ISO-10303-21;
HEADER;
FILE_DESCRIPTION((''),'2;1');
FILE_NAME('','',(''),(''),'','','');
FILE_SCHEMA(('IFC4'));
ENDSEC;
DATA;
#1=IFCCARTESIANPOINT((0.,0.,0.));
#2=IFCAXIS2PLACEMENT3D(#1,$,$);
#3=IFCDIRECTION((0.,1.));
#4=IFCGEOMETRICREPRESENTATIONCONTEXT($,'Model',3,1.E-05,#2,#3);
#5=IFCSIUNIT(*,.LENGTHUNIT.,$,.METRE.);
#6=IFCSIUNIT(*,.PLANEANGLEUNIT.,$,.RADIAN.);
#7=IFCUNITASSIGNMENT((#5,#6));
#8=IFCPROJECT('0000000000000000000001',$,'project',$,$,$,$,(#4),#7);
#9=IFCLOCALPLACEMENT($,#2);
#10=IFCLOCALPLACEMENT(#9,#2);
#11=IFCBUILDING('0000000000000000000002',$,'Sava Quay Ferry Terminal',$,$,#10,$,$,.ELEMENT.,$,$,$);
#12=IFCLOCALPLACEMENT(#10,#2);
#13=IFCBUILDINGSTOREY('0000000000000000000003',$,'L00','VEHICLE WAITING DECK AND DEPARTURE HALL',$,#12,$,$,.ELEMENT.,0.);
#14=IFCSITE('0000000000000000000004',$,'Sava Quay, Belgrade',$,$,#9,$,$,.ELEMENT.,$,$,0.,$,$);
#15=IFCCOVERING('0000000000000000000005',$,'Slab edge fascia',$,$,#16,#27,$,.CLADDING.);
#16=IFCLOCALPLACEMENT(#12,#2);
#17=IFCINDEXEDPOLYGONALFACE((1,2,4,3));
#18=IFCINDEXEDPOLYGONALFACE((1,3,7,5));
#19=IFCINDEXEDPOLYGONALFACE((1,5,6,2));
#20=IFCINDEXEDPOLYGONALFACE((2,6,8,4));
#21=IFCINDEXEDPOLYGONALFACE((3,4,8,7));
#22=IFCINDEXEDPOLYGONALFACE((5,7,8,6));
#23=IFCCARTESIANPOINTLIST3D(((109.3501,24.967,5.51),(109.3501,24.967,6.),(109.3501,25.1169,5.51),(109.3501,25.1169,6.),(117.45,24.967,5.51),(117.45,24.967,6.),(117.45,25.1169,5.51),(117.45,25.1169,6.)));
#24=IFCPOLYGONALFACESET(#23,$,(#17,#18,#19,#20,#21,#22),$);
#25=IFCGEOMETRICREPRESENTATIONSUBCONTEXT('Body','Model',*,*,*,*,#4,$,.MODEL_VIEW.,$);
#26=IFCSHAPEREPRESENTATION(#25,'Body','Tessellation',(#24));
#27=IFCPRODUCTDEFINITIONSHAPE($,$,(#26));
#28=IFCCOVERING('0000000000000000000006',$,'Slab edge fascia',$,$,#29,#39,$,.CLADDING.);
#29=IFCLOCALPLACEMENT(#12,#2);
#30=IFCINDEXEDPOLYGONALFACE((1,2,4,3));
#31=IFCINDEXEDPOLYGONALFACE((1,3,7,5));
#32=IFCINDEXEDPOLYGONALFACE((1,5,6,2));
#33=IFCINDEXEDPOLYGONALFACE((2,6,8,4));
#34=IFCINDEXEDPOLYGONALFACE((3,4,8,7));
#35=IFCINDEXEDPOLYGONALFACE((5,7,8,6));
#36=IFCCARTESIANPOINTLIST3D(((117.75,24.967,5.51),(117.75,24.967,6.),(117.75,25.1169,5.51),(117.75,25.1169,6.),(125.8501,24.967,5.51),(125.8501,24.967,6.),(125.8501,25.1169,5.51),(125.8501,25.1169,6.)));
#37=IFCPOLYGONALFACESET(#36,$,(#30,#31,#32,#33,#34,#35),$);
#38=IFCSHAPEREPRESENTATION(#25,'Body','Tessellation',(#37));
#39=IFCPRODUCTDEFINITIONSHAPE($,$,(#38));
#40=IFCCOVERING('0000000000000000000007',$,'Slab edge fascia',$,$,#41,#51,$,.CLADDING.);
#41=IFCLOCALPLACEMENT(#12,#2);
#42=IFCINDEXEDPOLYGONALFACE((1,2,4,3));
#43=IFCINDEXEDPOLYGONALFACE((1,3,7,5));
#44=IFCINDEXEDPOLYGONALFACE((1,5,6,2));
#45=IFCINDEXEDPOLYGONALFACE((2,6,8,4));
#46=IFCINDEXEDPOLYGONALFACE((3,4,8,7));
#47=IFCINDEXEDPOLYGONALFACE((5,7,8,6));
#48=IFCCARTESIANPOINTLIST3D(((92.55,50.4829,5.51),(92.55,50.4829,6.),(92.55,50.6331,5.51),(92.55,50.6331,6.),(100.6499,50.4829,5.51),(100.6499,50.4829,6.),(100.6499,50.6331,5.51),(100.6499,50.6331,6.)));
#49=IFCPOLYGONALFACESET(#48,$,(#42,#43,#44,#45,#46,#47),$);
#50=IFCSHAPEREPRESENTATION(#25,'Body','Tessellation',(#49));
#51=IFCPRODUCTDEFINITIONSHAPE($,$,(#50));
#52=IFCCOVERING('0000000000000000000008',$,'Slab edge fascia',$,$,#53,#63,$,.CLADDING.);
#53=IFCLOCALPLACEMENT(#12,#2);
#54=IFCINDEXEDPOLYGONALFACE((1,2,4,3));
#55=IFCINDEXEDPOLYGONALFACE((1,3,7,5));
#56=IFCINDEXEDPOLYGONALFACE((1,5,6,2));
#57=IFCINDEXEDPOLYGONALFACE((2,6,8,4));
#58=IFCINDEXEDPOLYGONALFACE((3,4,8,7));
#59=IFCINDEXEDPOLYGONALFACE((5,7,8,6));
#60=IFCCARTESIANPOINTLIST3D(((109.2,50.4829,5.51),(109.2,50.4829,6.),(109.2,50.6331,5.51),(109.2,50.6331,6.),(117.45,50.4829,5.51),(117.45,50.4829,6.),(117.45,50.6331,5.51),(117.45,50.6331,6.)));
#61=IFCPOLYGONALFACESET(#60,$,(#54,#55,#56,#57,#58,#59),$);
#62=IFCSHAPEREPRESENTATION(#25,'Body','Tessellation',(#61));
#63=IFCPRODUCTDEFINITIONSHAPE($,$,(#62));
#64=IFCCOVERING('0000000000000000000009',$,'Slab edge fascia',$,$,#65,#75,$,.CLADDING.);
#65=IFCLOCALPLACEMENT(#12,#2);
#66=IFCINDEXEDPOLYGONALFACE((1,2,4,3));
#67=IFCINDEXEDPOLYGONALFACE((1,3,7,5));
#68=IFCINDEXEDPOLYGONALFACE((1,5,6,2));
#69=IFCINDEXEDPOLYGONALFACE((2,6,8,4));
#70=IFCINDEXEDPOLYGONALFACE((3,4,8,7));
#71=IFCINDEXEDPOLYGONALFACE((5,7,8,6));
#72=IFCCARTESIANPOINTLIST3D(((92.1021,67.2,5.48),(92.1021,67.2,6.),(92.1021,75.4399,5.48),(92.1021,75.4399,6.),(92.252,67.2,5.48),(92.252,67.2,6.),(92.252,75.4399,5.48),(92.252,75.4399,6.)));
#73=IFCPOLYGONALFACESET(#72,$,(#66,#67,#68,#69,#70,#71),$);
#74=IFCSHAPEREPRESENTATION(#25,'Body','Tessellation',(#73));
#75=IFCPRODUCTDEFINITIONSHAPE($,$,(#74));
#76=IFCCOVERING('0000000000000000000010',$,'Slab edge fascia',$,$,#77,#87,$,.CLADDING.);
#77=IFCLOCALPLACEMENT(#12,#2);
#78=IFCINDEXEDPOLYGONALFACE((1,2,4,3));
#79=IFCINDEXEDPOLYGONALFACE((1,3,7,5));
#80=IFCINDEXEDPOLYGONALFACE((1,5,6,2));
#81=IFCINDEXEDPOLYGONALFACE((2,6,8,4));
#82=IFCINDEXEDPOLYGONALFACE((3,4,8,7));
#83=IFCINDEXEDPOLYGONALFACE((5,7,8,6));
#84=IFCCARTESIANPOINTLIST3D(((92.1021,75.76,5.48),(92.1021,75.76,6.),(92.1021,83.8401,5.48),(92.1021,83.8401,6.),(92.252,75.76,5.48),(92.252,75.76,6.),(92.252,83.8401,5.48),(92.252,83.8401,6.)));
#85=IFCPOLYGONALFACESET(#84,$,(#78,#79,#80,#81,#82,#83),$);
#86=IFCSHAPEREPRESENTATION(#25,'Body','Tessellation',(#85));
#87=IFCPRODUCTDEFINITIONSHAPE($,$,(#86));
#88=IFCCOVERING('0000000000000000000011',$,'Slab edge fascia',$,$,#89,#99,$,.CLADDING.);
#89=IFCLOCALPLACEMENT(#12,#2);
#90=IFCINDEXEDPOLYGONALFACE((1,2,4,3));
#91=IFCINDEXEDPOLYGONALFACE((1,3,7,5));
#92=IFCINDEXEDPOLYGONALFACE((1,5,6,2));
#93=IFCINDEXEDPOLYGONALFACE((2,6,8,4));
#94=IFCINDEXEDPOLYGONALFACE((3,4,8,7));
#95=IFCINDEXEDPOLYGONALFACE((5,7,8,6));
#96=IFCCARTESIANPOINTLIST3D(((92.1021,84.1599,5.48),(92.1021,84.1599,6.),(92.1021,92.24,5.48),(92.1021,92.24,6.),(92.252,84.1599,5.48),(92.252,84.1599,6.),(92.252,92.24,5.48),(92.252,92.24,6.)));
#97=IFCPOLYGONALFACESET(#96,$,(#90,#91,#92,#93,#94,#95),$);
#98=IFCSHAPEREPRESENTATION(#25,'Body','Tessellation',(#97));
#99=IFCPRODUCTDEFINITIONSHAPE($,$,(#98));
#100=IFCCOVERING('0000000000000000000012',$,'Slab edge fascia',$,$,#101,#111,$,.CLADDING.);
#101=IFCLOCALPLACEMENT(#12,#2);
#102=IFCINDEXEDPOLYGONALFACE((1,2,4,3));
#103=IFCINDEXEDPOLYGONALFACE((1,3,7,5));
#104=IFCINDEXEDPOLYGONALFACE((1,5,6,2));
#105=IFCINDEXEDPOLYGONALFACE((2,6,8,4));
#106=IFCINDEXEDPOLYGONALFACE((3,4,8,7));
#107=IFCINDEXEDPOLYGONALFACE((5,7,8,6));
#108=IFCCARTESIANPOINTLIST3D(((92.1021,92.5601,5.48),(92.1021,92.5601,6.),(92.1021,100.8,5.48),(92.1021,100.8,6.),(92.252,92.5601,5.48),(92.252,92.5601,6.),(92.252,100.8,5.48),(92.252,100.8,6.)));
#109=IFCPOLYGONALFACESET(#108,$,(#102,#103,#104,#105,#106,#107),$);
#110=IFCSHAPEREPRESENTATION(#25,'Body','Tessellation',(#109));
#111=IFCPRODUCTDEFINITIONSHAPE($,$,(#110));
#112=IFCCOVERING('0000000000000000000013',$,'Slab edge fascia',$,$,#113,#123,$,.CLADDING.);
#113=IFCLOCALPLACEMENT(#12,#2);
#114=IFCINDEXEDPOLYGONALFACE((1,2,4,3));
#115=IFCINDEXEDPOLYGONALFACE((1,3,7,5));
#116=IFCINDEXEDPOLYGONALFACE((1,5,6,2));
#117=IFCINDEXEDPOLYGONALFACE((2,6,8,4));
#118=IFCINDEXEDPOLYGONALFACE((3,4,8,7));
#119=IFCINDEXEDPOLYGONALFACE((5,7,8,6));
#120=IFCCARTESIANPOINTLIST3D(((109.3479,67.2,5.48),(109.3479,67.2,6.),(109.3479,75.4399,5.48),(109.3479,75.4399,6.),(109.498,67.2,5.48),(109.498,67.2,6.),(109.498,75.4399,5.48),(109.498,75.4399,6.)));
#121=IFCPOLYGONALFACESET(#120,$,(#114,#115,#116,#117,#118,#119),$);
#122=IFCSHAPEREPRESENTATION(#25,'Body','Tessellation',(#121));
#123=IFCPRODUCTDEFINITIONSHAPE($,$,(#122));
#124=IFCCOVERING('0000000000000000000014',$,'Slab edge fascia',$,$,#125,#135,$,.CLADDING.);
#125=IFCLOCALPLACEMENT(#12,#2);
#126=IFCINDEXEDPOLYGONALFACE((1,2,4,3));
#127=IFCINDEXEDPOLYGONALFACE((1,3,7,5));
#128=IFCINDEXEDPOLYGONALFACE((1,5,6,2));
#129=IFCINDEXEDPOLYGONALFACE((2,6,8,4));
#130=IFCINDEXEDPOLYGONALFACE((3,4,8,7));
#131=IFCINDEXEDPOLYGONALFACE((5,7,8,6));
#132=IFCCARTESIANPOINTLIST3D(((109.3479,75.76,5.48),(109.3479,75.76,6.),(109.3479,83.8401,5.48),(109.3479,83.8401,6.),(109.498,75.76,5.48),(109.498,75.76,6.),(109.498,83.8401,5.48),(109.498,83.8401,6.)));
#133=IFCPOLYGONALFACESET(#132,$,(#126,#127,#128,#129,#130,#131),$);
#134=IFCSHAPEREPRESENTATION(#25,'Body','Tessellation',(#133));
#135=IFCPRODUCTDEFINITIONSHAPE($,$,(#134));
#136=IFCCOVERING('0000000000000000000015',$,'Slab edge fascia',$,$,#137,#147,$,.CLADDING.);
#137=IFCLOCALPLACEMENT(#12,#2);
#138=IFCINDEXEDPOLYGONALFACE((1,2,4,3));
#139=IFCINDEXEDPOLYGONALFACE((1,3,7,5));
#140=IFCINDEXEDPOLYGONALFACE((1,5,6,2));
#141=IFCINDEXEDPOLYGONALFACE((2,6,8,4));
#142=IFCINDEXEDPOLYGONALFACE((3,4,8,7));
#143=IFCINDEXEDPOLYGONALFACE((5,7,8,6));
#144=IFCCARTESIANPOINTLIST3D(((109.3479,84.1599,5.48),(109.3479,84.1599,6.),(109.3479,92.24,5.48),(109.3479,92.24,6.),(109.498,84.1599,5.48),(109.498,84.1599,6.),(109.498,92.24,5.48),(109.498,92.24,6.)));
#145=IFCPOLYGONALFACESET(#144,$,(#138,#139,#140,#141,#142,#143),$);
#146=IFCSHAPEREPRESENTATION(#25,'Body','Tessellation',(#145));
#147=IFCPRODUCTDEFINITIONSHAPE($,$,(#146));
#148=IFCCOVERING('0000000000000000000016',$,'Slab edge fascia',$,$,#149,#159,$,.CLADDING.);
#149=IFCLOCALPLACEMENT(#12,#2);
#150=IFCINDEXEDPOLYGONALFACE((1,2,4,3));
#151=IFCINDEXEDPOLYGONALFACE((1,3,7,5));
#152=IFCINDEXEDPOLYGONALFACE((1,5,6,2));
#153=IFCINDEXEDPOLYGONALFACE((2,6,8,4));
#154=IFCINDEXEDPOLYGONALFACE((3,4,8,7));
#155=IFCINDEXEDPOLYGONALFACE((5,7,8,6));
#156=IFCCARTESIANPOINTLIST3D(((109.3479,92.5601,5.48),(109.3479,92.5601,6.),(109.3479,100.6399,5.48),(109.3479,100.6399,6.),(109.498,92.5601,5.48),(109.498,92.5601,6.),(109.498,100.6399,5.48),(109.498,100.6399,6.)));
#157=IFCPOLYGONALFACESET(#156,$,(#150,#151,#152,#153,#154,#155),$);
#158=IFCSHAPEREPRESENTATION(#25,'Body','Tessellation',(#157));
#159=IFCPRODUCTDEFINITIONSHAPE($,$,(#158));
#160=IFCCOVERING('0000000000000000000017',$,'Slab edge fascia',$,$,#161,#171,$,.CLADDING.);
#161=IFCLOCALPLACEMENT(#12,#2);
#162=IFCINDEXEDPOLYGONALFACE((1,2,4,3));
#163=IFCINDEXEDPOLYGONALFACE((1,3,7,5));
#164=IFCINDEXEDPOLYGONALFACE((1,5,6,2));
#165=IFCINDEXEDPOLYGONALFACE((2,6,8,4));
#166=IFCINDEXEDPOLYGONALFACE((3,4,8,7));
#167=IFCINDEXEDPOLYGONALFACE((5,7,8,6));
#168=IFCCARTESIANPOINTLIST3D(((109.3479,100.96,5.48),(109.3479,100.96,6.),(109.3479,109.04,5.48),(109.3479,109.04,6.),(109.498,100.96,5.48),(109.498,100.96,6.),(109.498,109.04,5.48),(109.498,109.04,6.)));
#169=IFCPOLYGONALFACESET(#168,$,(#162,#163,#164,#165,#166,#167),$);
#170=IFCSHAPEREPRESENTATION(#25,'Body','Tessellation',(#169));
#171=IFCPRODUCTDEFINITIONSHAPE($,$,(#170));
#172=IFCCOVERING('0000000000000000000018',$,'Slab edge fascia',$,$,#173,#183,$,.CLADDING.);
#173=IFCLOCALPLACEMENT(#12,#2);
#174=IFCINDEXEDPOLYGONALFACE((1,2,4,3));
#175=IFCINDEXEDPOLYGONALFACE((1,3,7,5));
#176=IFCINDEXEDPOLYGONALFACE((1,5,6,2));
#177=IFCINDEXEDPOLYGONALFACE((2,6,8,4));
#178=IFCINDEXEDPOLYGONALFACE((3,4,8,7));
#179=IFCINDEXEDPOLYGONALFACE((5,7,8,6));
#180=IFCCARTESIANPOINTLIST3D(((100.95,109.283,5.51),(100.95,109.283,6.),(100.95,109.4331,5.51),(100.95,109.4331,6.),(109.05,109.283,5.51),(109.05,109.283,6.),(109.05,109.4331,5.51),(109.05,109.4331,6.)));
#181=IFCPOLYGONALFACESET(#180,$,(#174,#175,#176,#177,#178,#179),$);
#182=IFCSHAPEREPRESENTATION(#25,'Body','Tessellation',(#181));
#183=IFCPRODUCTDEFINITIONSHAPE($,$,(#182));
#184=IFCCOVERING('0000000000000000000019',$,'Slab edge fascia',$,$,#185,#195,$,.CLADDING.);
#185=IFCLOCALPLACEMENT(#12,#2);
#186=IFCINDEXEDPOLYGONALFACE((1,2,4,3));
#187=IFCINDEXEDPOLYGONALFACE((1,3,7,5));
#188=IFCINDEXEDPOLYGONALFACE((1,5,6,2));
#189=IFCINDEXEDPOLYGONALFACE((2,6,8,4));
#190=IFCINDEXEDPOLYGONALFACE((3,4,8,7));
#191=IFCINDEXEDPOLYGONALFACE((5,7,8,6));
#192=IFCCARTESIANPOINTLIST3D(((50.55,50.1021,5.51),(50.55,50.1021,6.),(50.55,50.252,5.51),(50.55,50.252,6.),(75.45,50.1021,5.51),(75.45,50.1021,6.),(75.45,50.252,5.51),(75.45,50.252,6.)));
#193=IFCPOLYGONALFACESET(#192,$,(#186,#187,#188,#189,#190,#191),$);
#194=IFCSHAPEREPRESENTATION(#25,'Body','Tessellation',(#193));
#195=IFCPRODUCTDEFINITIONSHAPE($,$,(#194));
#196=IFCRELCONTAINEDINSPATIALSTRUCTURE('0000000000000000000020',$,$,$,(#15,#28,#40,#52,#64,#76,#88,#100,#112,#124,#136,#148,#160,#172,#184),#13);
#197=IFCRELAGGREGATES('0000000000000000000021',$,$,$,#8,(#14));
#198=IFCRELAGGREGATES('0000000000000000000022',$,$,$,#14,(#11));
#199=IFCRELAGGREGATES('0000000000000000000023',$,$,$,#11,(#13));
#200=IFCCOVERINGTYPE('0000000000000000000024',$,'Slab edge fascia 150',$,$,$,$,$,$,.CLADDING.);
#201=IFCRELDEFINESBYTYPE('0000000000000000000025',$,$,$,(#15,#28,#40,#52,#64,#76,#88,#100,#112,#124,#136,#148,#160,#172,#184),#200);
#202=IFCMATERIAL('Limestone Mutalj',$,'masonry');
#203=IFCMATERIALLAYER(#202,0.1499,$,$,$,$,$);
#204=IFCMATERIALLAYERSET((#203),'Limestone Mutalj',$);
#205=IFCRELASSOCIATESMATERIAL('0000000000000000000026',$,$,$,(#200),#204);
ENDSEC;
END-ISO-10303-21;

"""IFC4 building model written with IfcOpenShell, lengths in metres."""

from ifc_helpers import new_model, si_unit, direction, frame, origin, place, context, subcontext, project, spatial, polyline, outline, extrude, material, layer, layer_set, type_object, element, save


model = new_model("IFC4")

# Units and contexts
model_context = context("Model", 3, precision=1e-05, world=origin(), true_north=direction((0.0, 1.0)))
body_context = subcontext(model_context, "Body", "Model", "MODEL_VIEW")
ifc_project = project(units=[si_unit("LENGTHUNIT", "METRE"), si_unit("PLANEANGLEUNIT", "RADIAN")], contexts=[model_context])

# Site, building, storey
site_placement = place(None, origin())
site = spatial("IfcSite", under=ifc_project, at=site_placement, Name="Sava Quay, Belgrade", CompositionType="ELEMENT", RefElevation=0.0)
building_placement = place(site_placement, origin())
building = spatial("IfcBuilding", under=site, at=building_placement, Name="Sava Quay Ferry Terminal", CompositionType="ELEMENT")
storey_placement = place(building_placement, origin())
storey = spatial("IfcBuildingStorey", under=building, at=storey_placement, Name="L00", Description="VEHICLE WAITING DECK AND DEPARTURE HALL", CompositionType="ELEMENT", Elevation=0.0)

# Coverings
ifc_material = material(Name="Limestone Mutalj", Category="masonry")
ifc_layer = layer(ifc_material, 0.1499)
ifc_layer_set = layer_set([ifc_layer], Name="Limestone Mutalj")
covering_type = type_object("IfcCoveringType", Name="Slab edge fascia 150", PredefinedType="CLADDING", material=ifc_layer_set)
covering_1_placement = place(storey_placement, frame((0.0, 0.0, 5.51)))
element("IfcCovering", 1, at=covering_1_placement, inside=storey, type_object=covering_type, Name="Slab edge fascia", PredefinedType="CLADDING", context=body_context, shape_type="SweptSolid", body=[
    extrude(outline(polyline([(117.45, 25.1169), (109.3501, 25.1169), (109.3501, 24.967), (117.45, 24.967), (117.45, 25.1169)])), origin(), (0.0, 0.0, 1.0), 0.49),
])
covering_2_placement = place(storey_placement, frame((0.0, 0.0, 5.51)))
element("IfcCovering", 2, at=covering_2_placement, inside=storey, type_object=covering_type, Name="Slab edge fascia", PredefinedType="CLADDING", context=body_context, shape_type="SweptSolid", body=[
    extrude(outline(polyline([(125.8501, 25.1169), (117.75, 25.1169), (117.75, 24.967), (125.8501, 24.967), (125.8501, 25.1169)])), origin(), (0.0, 0.0, 1.0), 0.49),
])
covering_3_placement = place(storey_placement, frame((0.0, 0.0, 5.51)))
element("IfcCovering", 3, at=covering_3_placement, inside=storey, type_object=covering_type, Name="Slab edge fascia", PredefinedType="CLADDING", context=body_context, shape_type="SweptSolid", body=[
    extrude(outline(polyline([(92.55, 50.6331), (92.55, 50.4829), (100.6499, 50.4829), (100.6499, 50.6331), (92.55, 50.6331)])), origin(), (0.0, 0.0, 1.0), 0.49),
])
covering_4_placement = place(storey_placement, frame((0.0, 0.0, 5.51)))
element("IfcCovering", 4, at=covering_4_placement, inside=storey, type_object=covering_type, Name="Slab edge fascia", PredefinedType="CLADDING", context=body_context, shape_type="SweptSolid", body=[
    extrude(outline(polyline([(109.2, 50.6331), (109.2, 50.4829), (117.45, 50.4829), (117.45, 50.6331), (109.2, 50.6331)])), origin(), (0.0, 0.0, 1.0), 0.49),
])
covering_5_placement = place(storey_placement, frame((0.0, 0.0, 5.48)))
element("IfcCovering", 5, at=covering_5_placement, inside=storey, type_object=covering_type, Name="Slab edge fascia", PredefinedType="CLADDING", context=body_context, shape_type="SweptSolid", body=[
    extrude(outline(polyline([(92.1021, 67.2), (92.252, 67.2), (92.252, 75.4399), (92.1021, 75.4399), (92.1021, 67.2)])), origin(), (0.0, 0.0, 1.0), 0.52),
])
covering_6_placement = place(storey_placement, frame((0.0, 0.0, 5.48)))
element("IfcCovering", 6, at=covering_6_placement, inside=storey, type_object=covering_type, Name="Slab edge fascia", PredefinedType="CLADDING", context=body_context, shape_type="SweptSolid", body=[
    extrude(outline(polyline([(92.1021, 75.76), (92.252, 75.76), (92.252, 83.8401), (92.1021, 83.8401), (92.1021, 75.76)])), origin(), (0.0, 0.0, 1.0), 0.52),
])
covering_7_placement = place(storey_placement, frame((0.0, 0.0, 5.48)))
element("IfcCovering", 7, at=covering_7_placement, inside=storey, type_object=covering_type, Name="Slab edge fascia", PredefinedType="CLADDING", context=body_context, shape_type="SweptSolid", body=[
    extrude(outline(polyline([(92.1021, 84.1599), (92.252, 84.1599), (92.252, 92.24), (92.1021, 92.24), (92.1021, 84.1599)])), origin(), (0.0, 0.0, 1.0), 0.52),
])
covering_8_placement = place(storey_placement, frame((0.0, 0.0, 5.48)))
element("IfcCovering", 8, at=covering_8_placement, inside=storey, type_object=covering_type, Name="Slab edge fascia", PredefinedType="CLADDING", context=body_context, shape_type="SweptSolid", body=[
    extrude(outline(polyline([(92.1021, 92.5601), (92.252, 92.5601), (92.252, 100.8), (92.1021, 100.8), (92.1021, 92.5601)])), origin(), (0.0, 0.0, 1.0), 0.52),
])
covering_9_placement = place(storey_placement, frame((0.0, 0.0, 5.48)))
element("IfcCovering", 9, at=covering_9_placement, inside=storey, type_object=covering_type, Name="Slab edge fascia", PredefinedType="CLADDING", context=body_context, shape_type="SweptSolid", body=[
    extrude(outline(polyline([(109.3479, 75.4399), (109.3479, 67.2), (109.498, 67.2), (109.498, 75.4399), (109.3479, 75.4399)])), origin(), (0.0, 0.0, 1.0), 0.52),
])
covering_10_placement = place(storey_placement, frame((0.0, 0.0, 5.48)))
element("IfcCovering", 10, at=covering_10_placement, inside=storey, type_object=covering_type, Name="Slab edge fascia", PredefinedType="CLADDING", context=body_context, shape_type="SweptSolid", body=[
    extrude(outline(polyline([(109.3479, 83.8401), (109.3479, 75.76), (109.498, 75.76), (109.498, 83.8401), (109.3479, 83.8401)])), origin(), (0.0, 0.0, 1.0), 0.52),
])
covering_11_placement = place(storey_placement, frame((0.0, 0.0, 5.48)))
element("IfcCovering", 11, at=covering_11_placement, inside=storey, type_object=covering_type, Name="Slab edge fascia", PredefinedType="CLADDING", context=body_context, shape_type="SweptSolid", body=[
    extrude(outline(polyline([(109.3479, 92.24), (109.3479, 84.1599), (109.498, 84.1599), (109.498, 92.24), (109.3479, 92.24)])), origin(), (0.0, 0.0, 1.0), 0.52),
])
covering_12_placement = place(storey_placement, frame((0.0, 0.0, 5.48)))
element("IfcCovering", 12, at=covering_12_placement, inside=storey, type_object=covering_type, Name="Slab edge fascia", PredefinedType="CLADDING", context=body_context, shape_type="SweptSolid", body=[
    extrude(outline(polyline([(109.3479, 100.6399), (109.3479, 92.5601), (109.498, 92.5601), (109.498, 100.6399), (109.3479, 100.6399)])), origin(), (0.0, 0.0, 1.0), 0.52),
])
covering_13_placement = place(storey_placement, frame((0.0, 0.0, 5.48)))
element("IfcCovering", 13, at=covering_13_placement, inside=storey, type_object=covering_type, Name="Slab edge fascia", PredefinedType="CLADDING", context=body_context, shape_type="SweptSolid", body=[
    extrude(outline(polyline([(109.3479, 109.04), (109.3479, 100.96), (109.498, 100.96), (109.498, 109.04), (109.3479, 109.04)])), origin(), (0.0, 0.0, 1.0), 0.52),
])
covering_14_placement = place(storey_placement, frame((0.0, 0.0, 5.51)))
element("IfcCovering", 14, at=covering_14_placement, inside=storey, type_object=covering_type, Name="Slab edge fascia", PredefinedType="CLADDING", context=body_context, shape_type="SweptSolid", body=[
    extrude(outline(polyline([(100.95, 109.4331), (100.95, 109.283), (109.05, 109.283), (109.05, 109.4331), (100.95, 109.4331)])), origin(), (0.0, 0.0, 1.0), 0.49),
])
covering_15_placement = place(storey_placement, frame((0.0, 0.0, 5.51)))
element("IfcCovering", 15, at=covering_15_placement, inside=storey, type_object=covering_type, Name="Slab edge fascia", PredefinedType="CLADDING", context=body_context, shape_type="SweptSolid", body=[
    extrude(outline(polyline([(75.45, 50.252), (50.55, 50.252), (50.55, 50.1021), (75.45, 50.1021), (75.45, 50.252)])), origin(), (0.0, 0.0, 1.0), 0.49),
])

save(model, "model.ifc")
